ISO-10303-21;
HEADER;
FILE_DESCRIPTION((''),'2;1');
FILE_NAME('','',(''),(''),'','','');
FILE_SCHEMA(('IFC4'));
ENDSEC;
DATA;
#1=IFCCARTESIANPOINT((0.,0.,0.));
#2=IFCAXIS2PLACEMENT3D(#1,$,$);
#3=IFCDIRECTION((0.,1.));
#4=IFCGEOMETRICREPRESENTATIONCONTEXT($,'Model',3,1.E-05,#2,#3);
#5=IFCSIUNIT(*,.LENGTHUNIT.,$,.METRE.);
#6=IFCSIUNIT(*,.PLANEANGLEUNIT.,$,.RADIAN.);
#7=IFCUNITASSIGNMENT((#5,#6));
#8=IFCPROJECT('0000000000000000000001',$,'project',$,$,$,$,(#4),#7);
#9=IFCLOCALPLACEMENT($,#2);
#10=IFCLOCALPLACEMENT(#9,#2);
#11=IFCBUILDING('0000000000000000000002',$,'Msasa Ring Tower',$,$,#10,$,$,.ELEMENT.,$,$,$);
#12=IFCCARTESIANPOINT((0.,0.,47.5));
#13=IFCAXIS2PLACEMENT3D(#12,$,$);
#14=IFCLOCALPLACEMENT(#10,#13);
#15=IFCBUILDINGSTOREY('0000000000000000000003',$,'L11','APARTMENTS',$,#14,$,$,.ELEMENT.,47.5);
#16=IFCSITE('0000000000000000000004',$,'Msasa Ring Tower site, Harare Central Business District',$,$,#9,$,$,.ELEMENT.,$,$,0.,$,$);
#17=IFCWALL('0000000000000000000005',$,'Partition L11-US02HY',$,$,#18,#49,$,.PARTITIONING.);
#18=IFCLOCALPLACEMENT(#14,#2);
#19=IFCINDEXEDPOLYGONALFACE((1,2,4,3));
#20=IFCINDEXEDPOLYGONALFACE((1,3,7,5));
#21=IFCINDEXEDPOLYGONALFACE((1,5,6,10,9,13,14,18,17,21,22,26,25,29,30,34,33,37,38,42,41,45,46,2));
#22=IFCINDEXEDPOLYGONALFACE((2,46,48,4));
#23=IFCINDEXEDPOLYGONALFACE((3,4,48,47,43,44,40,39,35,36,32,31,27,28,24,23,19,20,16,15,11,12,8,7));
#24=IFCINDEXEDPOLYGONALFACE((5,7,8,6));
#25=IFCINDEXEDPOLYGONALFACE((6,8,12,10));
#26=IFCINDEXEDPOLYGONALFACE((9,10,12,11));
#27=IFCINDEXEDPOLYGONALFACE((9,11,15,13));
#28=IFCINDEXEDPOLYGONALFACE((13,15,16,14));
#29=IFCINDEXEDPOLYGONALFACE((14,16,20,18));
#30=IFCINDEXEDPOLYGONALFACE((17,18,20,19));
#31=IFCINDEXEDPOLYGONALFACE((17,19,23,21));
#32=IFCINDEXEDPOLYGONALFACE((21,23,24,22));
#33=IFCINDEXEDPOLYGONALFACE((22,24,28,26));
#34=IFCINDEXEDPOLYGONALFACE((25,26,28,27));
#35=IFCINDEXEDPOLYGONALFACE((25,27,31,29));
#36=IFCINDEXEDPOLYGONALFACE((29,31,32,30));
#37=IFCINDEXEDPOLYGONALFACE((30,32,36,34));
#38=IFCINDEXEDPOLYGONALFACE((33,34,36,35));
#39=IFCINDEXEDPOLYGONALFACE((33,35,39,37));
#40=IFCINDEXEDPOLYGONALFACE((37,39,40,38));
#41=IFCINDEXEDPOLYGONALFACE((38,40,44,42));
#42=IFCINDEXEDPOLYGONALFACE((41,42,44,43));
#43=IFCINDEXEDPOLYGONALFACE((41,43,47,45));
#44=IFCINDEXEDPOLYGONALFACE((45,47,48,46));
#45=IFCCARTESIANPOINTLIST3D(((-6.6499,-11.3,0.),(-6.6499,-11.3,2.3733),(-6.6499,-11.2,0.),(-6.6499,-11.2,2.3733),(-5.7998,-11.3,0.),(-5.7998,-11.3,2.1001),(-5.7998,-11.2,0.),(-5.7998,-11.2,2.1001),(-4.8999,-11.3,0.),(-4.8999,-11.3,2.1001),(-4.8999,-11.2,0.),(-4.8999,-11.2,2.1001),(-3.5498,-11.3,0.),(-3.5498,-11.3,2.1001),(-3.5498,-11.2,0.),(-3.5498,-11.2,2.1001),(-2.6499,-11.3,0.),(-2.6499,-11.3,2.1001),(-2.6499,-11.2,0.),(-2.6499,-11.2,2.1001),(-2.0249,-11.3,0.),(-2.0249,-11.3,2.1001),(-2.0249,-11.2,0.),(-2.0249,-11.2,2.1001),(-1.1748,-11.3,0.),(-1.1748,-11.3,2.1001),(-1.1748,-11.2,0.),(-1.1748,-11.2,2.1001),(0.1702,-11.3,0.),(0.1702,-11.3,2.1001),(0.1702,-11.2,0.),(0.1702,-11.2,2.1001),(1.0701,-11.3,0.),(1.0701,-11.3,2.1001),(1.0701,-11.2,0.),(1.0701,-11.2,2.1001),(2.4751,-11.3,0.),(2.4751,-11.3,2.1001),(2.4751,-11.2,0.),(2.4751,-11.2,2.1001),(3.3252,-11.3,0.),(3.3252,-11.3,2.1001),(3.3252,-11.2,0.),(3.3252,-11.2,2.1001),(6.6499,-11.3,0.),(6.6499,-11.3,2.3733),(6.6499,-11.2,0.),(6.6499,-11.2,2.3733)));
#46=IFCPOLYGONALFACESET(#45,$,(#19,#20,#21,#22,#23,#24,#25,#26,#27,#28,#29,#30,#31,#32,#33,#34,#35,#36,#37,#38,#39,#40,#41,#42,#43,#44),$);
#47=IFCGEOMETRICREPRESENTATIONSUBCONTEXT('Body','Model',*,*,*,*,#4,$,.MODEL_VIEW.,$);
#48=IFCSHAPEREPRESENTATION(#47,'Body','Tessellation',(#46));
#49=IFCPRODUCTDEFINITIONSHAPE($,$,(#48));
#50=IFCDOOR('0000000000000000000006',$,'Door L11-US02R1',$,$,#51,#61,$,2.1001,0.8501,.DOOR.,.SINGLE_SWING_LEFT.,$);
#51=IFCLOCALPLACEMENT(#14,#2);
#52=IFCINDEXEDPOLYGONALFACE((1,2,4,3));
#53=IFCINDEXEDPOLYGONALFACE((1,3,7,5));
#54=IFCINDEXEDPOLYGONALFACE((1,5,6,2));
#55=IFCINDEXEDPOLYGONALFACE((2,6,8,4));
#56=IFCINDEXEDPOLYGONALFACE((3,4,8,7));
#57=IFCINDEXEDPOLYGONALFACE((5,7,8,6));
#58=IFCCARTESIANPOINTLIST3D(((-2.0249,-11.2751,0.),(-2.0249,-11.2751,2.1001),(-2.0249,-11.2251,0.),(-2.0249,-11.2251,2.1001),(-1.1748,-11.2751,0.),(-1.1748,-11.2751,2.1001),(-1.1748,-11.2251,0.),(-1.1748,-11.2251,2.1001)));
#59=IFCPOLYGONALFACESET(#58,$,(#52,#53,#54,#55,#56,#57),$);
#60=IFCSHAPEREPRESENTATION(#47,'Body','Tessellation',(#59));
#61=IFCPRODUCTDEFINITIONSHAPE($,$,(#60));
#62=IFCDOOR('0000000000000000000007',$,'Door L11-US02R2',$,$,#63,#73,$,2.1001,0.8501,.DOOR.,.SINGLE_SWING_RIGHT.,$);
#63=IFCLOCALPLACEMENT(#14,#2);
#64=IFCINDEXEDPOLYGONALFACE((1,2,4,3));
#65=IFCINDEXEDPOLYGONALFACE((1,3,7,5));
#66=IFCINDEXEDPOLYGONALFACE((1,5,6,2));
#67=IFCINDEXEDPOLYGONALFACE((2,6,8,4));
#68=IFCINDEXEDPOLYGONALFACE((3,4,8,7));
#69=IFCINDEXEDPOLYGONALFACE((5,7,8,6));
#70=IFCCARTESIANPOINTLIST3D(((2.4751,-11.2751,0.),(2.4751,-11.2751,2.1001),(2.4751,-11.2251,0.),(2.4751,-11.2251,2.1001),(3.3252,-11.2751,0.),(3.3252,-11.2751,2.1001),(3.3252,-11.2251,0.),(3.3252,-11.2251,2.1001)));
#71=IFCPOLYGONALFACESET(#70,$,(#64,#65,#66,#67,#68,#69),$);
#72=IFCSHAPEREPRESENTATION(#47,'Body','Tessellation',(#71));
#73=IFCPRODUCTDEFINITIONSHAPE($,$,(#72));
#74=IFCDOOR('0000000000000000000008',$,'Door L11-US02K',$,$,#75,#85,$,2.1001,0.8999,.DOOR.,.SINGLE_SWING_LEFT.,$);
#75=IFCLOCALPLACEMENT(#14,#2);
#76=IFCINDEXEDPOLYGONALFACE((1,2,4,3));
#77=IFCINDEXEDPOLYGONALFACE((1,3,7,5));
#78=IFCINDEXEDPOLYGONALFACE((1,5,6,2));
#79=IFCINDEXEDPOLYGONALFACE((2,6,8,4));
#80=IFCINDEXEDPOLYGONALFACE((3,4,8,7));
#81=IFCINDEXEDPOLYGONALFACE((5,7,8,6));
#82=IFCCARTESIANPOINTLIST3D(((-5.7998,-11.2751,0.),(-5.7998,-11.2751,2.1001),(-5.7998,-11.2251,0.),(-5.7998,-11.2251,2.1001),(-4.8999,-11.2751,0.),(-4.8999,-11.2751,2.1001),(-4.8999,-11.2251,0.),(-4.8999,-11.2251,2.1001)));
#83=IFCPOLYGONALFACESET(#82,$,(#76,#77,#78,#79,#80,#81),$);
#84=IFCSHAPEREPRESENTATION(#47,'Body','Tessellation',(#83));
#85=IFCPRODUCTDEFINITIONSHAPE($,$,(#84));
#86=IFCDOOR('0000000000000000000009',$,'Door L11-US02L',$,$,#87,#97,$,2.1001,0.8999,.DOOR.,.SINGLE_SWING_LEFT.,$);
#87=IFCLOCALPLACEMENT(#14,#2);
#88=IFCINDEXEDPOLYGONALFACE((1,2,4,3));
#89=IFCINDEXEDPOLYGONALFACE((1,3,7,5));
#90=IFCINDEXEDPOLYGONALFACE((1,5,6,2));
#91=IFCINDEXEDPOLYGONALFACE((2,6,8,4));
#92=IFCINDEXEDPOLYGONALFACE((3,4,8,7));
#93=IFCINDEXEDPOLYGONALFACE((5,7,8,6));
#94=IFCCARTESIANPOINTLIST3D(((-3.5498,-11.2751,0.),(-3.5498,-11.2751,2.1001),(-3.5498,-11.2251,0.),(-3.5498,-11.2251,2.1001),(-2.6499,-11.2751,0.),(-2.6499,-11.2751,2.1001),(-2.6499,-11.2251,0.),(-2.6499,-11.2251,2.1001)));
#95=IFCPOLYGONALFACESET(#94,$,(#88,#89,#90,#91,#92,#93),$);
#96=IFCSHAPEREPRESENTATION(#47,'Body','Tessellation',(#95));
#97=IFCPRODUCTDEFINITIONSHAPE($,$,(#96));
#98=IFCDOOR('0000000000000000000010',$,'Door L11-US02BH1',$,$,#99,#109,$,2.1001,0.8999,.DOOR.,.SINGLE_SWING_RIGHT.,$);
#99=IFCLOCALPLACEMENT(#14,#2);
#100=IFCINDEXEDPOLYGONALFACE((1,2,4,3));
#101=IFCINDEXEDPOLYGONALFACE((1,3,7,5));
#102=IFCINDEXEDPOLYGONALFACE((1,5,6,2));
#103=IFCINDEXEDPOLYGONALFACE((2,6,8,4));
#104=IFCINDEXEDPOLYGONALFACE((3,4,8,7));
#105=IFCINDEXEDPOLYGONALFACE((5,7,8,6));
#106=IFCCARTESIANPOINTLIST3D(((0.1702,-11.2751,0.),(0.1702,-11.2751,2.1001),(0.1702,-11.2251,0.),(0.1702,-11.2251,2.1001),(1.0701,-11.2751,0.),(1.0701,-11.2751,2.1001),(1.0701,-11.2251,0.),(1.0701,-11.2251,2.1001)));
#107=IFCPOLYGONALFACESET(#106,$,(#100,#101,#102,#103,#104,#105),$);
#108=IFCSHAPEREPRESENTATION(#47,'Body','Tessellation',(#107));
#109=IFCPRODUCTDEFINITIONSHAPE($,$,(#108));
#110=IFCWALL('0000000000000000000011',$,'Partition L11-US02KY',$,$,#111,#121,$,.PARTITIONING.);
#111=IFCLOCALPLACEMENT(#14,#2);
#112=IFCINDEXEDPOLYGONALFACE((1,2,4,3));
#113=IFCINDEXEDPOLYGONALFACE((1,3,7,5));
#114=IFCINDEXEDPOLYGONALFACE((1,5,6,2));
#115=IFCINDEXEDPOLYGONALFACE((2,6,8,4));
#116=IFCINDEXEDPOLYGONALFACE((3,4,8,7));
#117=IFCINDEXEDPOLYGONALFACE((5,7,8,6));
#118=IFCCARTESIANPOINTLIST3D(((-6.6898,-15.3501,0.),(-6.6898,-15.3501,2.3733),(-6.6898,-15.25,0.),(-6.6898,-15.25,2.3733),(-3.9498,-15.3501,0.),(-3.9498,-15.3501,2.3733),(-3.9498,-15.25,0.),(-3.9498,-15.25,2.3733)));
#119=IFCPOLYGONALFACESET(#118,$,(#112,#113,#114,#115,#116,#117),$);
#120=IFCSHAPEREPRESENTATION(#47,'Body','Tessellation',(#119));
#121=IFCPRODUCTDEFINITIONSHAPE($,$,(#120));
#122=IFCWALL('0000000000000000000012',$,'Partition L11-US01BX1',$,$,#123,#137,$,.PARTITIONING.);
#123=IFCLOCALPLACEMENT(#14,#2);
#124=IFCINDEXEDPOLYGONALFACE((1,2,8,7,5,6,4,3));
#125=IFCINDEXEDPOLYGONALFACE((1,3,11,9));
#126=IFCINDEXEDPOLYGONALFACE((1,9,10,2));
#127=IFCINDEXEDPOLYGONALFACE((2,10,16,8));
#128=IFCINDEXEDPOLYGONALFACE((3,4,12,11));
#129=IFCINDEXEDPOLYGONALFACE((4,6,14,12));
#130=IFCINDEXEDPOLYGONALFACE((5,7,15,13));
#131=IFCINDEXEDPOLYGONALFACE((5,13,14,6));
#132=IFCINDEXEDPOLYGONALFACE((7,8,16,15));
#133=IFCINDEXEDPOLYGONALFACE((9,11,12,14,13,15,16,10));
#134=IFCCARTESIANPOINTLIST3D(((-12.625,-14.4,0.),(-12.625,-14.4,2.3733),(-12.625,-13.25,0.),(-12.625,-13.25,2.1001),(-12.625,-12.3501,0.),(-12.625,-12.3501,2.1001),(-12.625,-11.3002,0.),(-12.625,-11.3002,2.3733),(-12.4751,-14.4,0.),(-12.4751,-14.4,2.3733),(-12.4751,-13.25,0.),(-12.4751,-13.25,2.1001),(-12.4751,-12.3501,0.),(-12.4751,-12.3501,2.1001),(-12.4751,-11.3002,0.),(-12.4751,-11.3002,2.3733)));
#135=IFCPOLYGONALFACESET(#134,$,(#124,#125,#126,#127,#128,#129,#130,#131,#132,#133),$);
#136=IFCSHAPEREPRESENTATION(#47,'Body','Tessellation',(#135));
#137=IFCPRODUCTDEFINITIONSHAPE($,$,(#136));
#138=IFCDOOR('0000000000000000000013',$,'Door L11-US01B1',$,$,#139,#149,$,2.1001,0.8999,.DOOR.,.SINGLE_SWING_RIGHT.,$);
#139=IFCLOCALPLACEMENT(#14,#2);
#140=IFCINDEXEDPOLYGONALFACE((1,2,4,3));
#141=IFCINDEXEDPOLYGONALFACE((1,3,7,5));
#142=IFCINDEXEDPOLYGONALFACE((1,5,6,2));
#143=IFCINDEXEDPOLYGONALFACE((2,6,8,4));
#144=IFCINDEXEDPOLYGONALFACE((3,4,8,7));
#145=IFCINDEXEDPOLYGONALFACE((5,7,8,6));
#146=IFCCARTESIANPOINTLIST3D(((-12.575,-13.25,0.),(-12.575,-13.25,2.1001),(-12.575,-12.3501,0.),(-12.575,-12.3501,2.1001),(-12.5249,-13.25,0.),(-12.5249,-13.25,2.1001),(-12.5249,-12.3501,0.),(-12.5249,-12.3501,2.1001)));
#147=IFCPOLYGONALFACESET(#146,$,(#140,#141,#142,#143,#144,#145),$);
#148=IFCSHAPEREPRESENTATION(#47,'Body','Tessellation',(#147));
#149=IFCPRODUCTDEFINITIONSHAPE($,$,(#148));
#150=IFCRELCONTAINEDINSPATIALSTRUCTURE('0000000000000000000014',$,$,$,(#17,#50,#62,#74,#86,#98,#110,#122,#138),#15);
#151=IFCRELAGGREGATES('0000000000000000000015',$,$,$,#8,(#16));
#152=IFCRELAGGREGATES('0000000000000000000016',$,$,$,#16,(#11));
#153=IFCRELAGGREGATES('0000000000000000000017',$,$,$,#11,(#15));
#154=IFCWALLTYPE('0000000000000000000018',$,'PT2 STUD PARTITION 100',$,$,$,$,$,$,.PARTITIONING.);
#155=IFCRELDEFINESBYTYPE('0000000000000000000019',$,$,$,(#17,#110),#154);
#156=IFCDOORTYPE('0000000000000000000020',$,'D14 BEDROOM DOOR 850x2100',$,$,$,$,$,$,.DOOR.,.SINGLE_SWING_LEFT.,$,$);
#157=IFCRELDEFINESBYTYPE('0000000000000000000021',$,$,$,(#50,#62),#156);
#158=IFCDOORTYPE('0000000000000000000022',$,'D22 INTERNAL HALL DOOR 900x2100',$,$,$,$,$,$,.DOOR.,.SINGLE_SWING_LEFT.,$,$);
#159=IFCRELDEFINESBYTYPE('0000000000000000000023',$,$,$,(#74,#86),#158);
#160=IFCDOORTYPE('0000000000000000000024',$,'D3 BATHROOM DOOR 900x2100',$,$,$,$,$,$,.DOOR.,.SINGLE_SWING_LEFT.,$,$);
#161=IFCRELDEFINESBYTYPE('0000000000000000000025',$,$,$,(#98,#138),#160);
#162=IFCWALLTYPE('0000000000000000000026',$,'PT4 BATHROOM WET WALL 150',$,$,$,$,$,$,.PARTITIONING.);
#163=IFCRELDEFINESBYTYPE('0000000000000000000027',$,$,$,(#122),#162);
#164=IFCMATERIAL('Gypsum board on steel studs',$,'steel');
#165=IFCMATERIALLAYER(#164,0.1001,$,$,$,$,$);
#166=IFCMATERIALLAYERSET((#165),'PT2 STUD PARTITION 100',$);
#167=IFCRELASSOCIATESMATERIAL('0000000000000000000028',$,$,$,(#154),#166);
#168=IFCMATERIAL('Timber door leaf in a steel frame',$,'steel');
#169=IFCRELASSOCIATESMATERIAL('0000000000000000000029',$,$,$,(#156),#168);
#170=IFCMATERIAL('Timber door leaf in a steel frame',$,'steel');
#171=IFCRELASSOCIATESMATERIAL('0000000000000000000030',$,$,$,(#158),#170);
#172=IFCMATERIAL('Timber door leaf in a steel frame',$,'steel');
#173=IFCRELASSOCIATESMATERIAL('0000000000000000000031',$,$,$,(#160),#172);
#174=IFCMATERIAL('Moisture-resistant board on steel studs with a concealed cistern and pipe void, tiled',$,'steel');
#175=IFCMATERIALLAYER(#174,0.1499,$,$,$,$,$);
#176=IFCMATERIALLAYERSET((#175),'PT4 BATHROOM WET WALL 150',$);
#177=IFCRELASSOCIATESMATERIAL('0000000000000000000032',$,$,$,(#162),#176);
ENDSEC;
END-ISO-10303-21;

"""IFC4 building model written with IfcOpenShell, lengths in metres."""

from ifc_helpers import new_model, si_unit, direction, frame, frame_2d, origin, place, context, subcontext, project, spatial, rectangle, extrude, material, layer, layer_set, type_object, element, fill, save


model = new_model("IFC4")

# Units and contexts
model_context = context("Model", 3, precision=1e-05, world=origin(), true_north=direction((0.0, 1.0)))
body_context = subcontext(model_context, "Body", "Model", "MODEL_VIEW")
ifc_project = project(units=[si_unit("LENGTHUNIT", "METRE"), si_unit("PLANEANGLEUNIT", "RADIAN")], contexts=[model_context])

# Site, building, storey
site_placement = place(None, origin())
site = spatial("IfcSite", under=ifc_project, at=site_placement, Name="Msasa Ring Tower site, Harare Central Business District", CompositionType="ELEMENT", RefElevation=0.0)
building_placement = place(site_placement, origin())
building = spatial("IfcBuilding", under=site, at=building_placement, Name="Msasa Ring Tower", CompositionType="ELEMENT")
storey_placement = place(building_placement, frame((0.0, 0.0, 47.5)))
storey = spatial("IfcBuildingStorey", under=building, at=storey_placement, Name="L11", Description="APARTMENTS", CompositionType="ELEMENT", Elevation=47.5)

# Wall, openings, doors
ifc_material_1 = material(Name="Gypsum board on steel studs", Category="steel")
ifc_layer_1 = layer(ifc_material_1, 0.1001)
ifc_layer_set_1 = layer_set([ifc_layer_1], Name="PT2 STUD PARTITION 100")
wall_type_1 = type_object("IfcWallType", Name="PT2 STUD PARTITION 100", PredefinedType="PARTITIONING", material=ifc_layer_set_1)
ifc_material_2 = material(Name="Timber door leaf in a steel frame", Category="steel")
door_type_1 = type_object("IfcDoorType", Name="D14 BEDROOM DOOR 850x2100", OperationType="SINGLE_SWING_LEFT", PredefinedType="DOOR", material=ifc_material_2)
ifc_material_3 = material(Name="Timber door leaf in a steel frame", Category="steel")
door_type_2 = type_object("IfcDoorType", Name="D22 INTERNAL HALL DOOR 900x2100", OperationType="SINGLE_SWING_LEFT", PredefinedType="DOOR", material=ifc_material_3)
ifc_material_4 = material(Name="Timber door leaf in a steel frame", Category="steel")
door_type_3 = type_object("IfcDoorType", Name="D3 BATHROOM DOOR 900x2100", OperationType="SINGLE_SWING_LEFT", PredefinedType="DOOR", material=ifc_material_4)
wall_1_placement = place(storey_placement, frame((-6.6499, -11.25, 0.0), z_axis=(0.0, 0.0, 1.0), x_axis=(1.0, 0.0, 0.0)))
wall_1 = element("IfcWall", 1, at=wall_1_placement, inside=storey, type_object=wall_type_1, Name="Partition L11-US02HY", PredefinedType="PARTITIONING", context=body_context, shape_type="SweptSolid", body=[
    extrude(rectangle(XDim=13.2998, YDim=0.1001, at=frame_2d((6.6499, 0.0))), origin(), (0.0, 0.0, 1.0), 2.3733),
])
opening_1_placement = place(wall_1_placement, frame((0.8501, 0.0, 0.0)))
opening_1 = element("IfcOpeningElement", 2, at=opening_1_placement, cuts=wall_1, PredefinedType="OPENING", context=body_context, shape_type="SweptSolid", body=[
    extrude(rectangle(XDim=0.8999, YDim=2.1001, at=frame_2d((0.45, 1.05))), frame((0.0, 0.0601, 0.0), z_axis=(0.0, -1.0, 0.0), x_axis=(1.0, 0.0, 0.0)), (0.0, 0.0, 1.0), 0.1201),
])
opening_2_placement = place(wall_1_placement, frame((3.1001, 0.0, 0.0)))
opening_2 = element("IfcOpeningElement", 3, at=opening_2_placement, cuts=wall_1, PredefinedType="OPENING", context=body_context, shape_type="SweptSolid", body=[
    extrude(rectangle(XDim=0.8999, YDim=2.1001, at=frame_2d((0.45, 1.05))), frame((0.0, 0.0601, 0.0), z_axis=(0.0, -1.0, 0.0), x_axis=(1.0, 0.0, 0.0)), (0.0, 0.0, 1.0), 0.1201),
])
opening_3_placement = place(wall_1_placement, frame((4.625, 0.0, 0.0)))
opening_3 = element("IfcOpeningElement", 4, at=opening_3_placement, cuts=wall_1, PredefinedType="OPENING", context=body_context, shape_type="SweptSolid", body=[
    extrude(rectangle(XDim=0.8501, YDim=2.1001, at=frame_2d((0.425, 1.05))), frame((0.0, 0.0601, 0.0), z_axis=(0.0, -1.0, 0.0), x_axis=(1.0, 0.0, 0.0)), (0.0, 0.0, 1.0), 0.1201),
])
opening_4_placement = place(wall_1_placement, frame((6.8201, 0.0, 0.0)))
opening_4 = element("IfcOpeningElement", 5, at=opening_4_placement, cuts=wall_1, PredefinedType="OPENING", context=body_context, shape_type="SweptSolid", body=[
    extrude(rectangle(XDim=0.8999, YDim=2.1001, at=frame_2d((0.45, 1.05))), frame((0.0, 0.0601, 0.0), z_axis=(0.0, -1.0, 0.0), x_axis=(1.0, 0.0, 0.0)), (0.0, 0.0, 1.0), 0.1201),
])
opening_5_placement = place(wall_1_placement, frame((9.125, 0.0, 0.0)))
opening_5 = element("IfcOpeningElement", 6, at=opening_5_placement, cuts=wall_1, PredefinedType="OPENING", context=body_context, shape_type="SweptSolid", body=[
    extrude(rectangle(XDim=0.8501, YDim=2.1001, at=frame_2d((0.425, 1.05))), frame((0.0, 0.0601, 0.0), z_axis=(0.0, -1.0, 0.0), x_axis=(1.0, 0.0, 0.0)), (0.0, 0.0, 1.0), 0.1201),
])
door_1_placement = place(opening_3_placement, origin())
door_1 = element("IfcDoor", 7, at=door_1_placement, inside=storey, type_object=door_type_1, Name="Door L11-US02R1", OperationType="SINGLE_SWING_LEFT", OverallHeight=2.1001, OverallWidth=0.8501, PredefinedType="DOOR", context=body_context, shape_type="SweptSolid", body=[
    extrude(rectangle(XDim=0.8501, YDim=2.1001, at=frame_2d((0.425, 1.05))), frame((0.0, 0.0249, 0.0), z_axis=(0.0, -1.0, 0.0), x_axis=(1.0, 0.0, 0.0)), (0.0, 0.0, 1.0), 0.05),
])
fill(opening_3, door_1)
door_2_placement = place(opening_5_placement, origin())
door_2 = element("IfcDoor", 8, at=door_2_placement, inside=storey, type_object=door_type_1, Name="Door L11-US02R2", OperationType="SINGLE_SWING_RIGHT", OverallHeight=2.1001, OverallWidth=0.8501, PredefinedType="DOOR", context=body_context, shape_type="SweptSolid", body=[
    extrude(rectangle(XDim=0.8501, YDim=2.1001, at=frame_2d((0.425, 1.05))), frame((0.0, 0.0249, 0.0), z_axis=(0.0, -1.0, 0.0), x_axis=(1.0, 0.0, 0.0)), (0.0, 0.0, 1.0), 0.05),
])
fill(opening_5, door_2)
door_3_placement = place(opening_1_placement, origin())
door_3 = element("IfcDoor", 9, at=door_3_placement, inside=storey, type_object=door_type_2, Name="Door L11-US02K", OperationType="SINGLE_SWING_LEFT", OverallHeight=2.1001, OverallWidth=0.8999, PredefinedType="DOOR", context=body_context, shape_type="SweptSolid", body=[
    extrude(rectangle(XDim=0.8999, YDim=2.1001, at=frame_2d((0.45, 1.05))), frame((0.0, 0.0249, 0.0), z_axis=(0.0, -1.0, 0.0), x_axis=(1.0, 0.0, 0.0)), (0.0, 0.0, 1.0), 0.05),
])
fill(opening_1, door_3)
door_4_placement = place(opening_2_placement, origin())
door_4 = element("IfcDoor", 10, at=door_4_placement, inside=storey, type_object=door_type_2, Name="Door L11-US02L", OperationType="SINGLE_SWING_LEFT", OverallHeight=2.1001, OverallWidth=0.8999, PredefinedType="DOOR", context=body_context, shape_type="SweptSolid", body=[
    extrude(rectangle(XDim=0.8999, YDim=2.1001, at=frame_2d((0.45, 1.05))), frame((0.0, 0.0249, 0.0), z_axis=(0.0, -1.0, 0.0), x_axis=(1.0, 0.0, 0.0)), (0.0, 0.0, 1.0), 0.05),
])
fill(opening_2, door_4)
door_5_placement = place(opening_4_placement, origin())
door_5 = element("IfcDoor", 11, at=door_5_placement, inside=storey, type_object=door_type_3, Name="Door L11-US02BH1", OperationType="SINGLE_SWING_RIGHT", OverallHeight=2.1001, OverallWidth=0.8999, PredefinedType="DOOR", context=body_context, shape_type="SweptSolid", body=[
    extrude(rectangle(XDim=0.8999, YDim=2.1001, at=frame_2d((0.45, 1.05))), frame((0.0, 0.0249, 0.0), z_axis=(0.0, -1.0, 0.0), x_axis=(1.0, 0.0, 0.0)), (0.0, 0.0, 1.0), 0.05),
])
fill(opening_4, door_5)

# Wall
wall_2_placement = place(storey_placement, frame((-6.6899, -15.3, 0.0), z_axis=(0.0, 0.0, 1.0), x_axis=(1.0, 0.0, 0.0)))
element("IfcWall", 12, at=wall_2_placement, inside=storey, type_object=wall_type_1, Name="Partition L11-US02KY", PredefinedType="PARTITIONING", context=body_context, shape_type="SweptSolid", body=[
    extrude(rectangle(XDim=2.74, YDim=0.1001, at=frame_2d((1.3701, 0.0))), origin(), (0.0, 0.0, 1.0), 2.3733),
])

# Wall, opening, door
ifc_material_5 = material(Name="Moisture-resistant board on steel studs with a concealed cistern and pipe void, tiled", Category="steel")
ifc_layer_2 = layer(ifc_material_5, 0.1499)
ifc_layer_set_2 = layer_set([ifc_layer_2], Name="PT4 BATHROOM WET WALL 150")
wall_type_2 = type_object("IfcWallType", Name="PT4 BATHROOM WET WALL 150", PredefinedType="PARTITIONING", material=ifc_layer_set_2)
wall_3_placement = place(storey_placement, frame((-12.55, -14.3999, 0.0), z_axis=(0.0, 0.0, 1.0), x_axis=(0.0, 1.0, 0.0)))
wall_3 = element("IfcWall", 13, at=wall_3_placement, inside=storey, type_object=wall_type_2, Name="Partition L11-US01BX1", PredefinedType="PARTITIONING", context=body_context, shape_type="SweptSolid", body=[
    extrude(rectangle(XDim=3.0999, YDim=0.1499, at=frame_2d((1.5498, 0.0))), origin(), (0.0, 0.0, 1.0), 2.3733),
])
opening_6_placement = place(wall_3_placement, frame((1.1499, 0.0, 0.0)))
opening_6 = element("IfcOpeningElement", 14, at=opening_6_placement, cuts=wall_3, PredefinedType="OPENING", context=body_context, shape_type="SweptSolid", body=[
    extrude(rectangle(XDim=0.8999, YDim=2.1001, at=frame_2d((0.45, 1.05))), frame((0.0, 0.085, 0.0), z_axis=(0.0, -1.0, 0.0), x_axis=(1.0, 0.0, 0.0)), (0.0, 0.0, 1.0), 0.1699),
])
door_6_placement = place(opening_6_placement, origin())
door_6 = element("IfcDoor", 15, at=door_6_placement, inside=storey, type_object=door_type_3, Name="Door L11-US01B1", OperationType="SINGLE_SWING_RIGHT", OverallHeight=2.1001, OverallWidth=0.8999, PredefinedType="DOOR", context=body_context, shape_type="SweptSolid", body=[
    extrude(rectangle(XDim=0.8999, YDim=2.1001, at=frame_2d((0.45, 1.05))), frame((0.0, 0.0249, 0.0), z_axis=(0.0, -1.0, 0.0), x_axis=(1.0, 0.0, 0.0)), (0.0, 0.0, 1.0), 0.05),
])
fill(opening_6, door_6)

save(model, "model.ifc")
